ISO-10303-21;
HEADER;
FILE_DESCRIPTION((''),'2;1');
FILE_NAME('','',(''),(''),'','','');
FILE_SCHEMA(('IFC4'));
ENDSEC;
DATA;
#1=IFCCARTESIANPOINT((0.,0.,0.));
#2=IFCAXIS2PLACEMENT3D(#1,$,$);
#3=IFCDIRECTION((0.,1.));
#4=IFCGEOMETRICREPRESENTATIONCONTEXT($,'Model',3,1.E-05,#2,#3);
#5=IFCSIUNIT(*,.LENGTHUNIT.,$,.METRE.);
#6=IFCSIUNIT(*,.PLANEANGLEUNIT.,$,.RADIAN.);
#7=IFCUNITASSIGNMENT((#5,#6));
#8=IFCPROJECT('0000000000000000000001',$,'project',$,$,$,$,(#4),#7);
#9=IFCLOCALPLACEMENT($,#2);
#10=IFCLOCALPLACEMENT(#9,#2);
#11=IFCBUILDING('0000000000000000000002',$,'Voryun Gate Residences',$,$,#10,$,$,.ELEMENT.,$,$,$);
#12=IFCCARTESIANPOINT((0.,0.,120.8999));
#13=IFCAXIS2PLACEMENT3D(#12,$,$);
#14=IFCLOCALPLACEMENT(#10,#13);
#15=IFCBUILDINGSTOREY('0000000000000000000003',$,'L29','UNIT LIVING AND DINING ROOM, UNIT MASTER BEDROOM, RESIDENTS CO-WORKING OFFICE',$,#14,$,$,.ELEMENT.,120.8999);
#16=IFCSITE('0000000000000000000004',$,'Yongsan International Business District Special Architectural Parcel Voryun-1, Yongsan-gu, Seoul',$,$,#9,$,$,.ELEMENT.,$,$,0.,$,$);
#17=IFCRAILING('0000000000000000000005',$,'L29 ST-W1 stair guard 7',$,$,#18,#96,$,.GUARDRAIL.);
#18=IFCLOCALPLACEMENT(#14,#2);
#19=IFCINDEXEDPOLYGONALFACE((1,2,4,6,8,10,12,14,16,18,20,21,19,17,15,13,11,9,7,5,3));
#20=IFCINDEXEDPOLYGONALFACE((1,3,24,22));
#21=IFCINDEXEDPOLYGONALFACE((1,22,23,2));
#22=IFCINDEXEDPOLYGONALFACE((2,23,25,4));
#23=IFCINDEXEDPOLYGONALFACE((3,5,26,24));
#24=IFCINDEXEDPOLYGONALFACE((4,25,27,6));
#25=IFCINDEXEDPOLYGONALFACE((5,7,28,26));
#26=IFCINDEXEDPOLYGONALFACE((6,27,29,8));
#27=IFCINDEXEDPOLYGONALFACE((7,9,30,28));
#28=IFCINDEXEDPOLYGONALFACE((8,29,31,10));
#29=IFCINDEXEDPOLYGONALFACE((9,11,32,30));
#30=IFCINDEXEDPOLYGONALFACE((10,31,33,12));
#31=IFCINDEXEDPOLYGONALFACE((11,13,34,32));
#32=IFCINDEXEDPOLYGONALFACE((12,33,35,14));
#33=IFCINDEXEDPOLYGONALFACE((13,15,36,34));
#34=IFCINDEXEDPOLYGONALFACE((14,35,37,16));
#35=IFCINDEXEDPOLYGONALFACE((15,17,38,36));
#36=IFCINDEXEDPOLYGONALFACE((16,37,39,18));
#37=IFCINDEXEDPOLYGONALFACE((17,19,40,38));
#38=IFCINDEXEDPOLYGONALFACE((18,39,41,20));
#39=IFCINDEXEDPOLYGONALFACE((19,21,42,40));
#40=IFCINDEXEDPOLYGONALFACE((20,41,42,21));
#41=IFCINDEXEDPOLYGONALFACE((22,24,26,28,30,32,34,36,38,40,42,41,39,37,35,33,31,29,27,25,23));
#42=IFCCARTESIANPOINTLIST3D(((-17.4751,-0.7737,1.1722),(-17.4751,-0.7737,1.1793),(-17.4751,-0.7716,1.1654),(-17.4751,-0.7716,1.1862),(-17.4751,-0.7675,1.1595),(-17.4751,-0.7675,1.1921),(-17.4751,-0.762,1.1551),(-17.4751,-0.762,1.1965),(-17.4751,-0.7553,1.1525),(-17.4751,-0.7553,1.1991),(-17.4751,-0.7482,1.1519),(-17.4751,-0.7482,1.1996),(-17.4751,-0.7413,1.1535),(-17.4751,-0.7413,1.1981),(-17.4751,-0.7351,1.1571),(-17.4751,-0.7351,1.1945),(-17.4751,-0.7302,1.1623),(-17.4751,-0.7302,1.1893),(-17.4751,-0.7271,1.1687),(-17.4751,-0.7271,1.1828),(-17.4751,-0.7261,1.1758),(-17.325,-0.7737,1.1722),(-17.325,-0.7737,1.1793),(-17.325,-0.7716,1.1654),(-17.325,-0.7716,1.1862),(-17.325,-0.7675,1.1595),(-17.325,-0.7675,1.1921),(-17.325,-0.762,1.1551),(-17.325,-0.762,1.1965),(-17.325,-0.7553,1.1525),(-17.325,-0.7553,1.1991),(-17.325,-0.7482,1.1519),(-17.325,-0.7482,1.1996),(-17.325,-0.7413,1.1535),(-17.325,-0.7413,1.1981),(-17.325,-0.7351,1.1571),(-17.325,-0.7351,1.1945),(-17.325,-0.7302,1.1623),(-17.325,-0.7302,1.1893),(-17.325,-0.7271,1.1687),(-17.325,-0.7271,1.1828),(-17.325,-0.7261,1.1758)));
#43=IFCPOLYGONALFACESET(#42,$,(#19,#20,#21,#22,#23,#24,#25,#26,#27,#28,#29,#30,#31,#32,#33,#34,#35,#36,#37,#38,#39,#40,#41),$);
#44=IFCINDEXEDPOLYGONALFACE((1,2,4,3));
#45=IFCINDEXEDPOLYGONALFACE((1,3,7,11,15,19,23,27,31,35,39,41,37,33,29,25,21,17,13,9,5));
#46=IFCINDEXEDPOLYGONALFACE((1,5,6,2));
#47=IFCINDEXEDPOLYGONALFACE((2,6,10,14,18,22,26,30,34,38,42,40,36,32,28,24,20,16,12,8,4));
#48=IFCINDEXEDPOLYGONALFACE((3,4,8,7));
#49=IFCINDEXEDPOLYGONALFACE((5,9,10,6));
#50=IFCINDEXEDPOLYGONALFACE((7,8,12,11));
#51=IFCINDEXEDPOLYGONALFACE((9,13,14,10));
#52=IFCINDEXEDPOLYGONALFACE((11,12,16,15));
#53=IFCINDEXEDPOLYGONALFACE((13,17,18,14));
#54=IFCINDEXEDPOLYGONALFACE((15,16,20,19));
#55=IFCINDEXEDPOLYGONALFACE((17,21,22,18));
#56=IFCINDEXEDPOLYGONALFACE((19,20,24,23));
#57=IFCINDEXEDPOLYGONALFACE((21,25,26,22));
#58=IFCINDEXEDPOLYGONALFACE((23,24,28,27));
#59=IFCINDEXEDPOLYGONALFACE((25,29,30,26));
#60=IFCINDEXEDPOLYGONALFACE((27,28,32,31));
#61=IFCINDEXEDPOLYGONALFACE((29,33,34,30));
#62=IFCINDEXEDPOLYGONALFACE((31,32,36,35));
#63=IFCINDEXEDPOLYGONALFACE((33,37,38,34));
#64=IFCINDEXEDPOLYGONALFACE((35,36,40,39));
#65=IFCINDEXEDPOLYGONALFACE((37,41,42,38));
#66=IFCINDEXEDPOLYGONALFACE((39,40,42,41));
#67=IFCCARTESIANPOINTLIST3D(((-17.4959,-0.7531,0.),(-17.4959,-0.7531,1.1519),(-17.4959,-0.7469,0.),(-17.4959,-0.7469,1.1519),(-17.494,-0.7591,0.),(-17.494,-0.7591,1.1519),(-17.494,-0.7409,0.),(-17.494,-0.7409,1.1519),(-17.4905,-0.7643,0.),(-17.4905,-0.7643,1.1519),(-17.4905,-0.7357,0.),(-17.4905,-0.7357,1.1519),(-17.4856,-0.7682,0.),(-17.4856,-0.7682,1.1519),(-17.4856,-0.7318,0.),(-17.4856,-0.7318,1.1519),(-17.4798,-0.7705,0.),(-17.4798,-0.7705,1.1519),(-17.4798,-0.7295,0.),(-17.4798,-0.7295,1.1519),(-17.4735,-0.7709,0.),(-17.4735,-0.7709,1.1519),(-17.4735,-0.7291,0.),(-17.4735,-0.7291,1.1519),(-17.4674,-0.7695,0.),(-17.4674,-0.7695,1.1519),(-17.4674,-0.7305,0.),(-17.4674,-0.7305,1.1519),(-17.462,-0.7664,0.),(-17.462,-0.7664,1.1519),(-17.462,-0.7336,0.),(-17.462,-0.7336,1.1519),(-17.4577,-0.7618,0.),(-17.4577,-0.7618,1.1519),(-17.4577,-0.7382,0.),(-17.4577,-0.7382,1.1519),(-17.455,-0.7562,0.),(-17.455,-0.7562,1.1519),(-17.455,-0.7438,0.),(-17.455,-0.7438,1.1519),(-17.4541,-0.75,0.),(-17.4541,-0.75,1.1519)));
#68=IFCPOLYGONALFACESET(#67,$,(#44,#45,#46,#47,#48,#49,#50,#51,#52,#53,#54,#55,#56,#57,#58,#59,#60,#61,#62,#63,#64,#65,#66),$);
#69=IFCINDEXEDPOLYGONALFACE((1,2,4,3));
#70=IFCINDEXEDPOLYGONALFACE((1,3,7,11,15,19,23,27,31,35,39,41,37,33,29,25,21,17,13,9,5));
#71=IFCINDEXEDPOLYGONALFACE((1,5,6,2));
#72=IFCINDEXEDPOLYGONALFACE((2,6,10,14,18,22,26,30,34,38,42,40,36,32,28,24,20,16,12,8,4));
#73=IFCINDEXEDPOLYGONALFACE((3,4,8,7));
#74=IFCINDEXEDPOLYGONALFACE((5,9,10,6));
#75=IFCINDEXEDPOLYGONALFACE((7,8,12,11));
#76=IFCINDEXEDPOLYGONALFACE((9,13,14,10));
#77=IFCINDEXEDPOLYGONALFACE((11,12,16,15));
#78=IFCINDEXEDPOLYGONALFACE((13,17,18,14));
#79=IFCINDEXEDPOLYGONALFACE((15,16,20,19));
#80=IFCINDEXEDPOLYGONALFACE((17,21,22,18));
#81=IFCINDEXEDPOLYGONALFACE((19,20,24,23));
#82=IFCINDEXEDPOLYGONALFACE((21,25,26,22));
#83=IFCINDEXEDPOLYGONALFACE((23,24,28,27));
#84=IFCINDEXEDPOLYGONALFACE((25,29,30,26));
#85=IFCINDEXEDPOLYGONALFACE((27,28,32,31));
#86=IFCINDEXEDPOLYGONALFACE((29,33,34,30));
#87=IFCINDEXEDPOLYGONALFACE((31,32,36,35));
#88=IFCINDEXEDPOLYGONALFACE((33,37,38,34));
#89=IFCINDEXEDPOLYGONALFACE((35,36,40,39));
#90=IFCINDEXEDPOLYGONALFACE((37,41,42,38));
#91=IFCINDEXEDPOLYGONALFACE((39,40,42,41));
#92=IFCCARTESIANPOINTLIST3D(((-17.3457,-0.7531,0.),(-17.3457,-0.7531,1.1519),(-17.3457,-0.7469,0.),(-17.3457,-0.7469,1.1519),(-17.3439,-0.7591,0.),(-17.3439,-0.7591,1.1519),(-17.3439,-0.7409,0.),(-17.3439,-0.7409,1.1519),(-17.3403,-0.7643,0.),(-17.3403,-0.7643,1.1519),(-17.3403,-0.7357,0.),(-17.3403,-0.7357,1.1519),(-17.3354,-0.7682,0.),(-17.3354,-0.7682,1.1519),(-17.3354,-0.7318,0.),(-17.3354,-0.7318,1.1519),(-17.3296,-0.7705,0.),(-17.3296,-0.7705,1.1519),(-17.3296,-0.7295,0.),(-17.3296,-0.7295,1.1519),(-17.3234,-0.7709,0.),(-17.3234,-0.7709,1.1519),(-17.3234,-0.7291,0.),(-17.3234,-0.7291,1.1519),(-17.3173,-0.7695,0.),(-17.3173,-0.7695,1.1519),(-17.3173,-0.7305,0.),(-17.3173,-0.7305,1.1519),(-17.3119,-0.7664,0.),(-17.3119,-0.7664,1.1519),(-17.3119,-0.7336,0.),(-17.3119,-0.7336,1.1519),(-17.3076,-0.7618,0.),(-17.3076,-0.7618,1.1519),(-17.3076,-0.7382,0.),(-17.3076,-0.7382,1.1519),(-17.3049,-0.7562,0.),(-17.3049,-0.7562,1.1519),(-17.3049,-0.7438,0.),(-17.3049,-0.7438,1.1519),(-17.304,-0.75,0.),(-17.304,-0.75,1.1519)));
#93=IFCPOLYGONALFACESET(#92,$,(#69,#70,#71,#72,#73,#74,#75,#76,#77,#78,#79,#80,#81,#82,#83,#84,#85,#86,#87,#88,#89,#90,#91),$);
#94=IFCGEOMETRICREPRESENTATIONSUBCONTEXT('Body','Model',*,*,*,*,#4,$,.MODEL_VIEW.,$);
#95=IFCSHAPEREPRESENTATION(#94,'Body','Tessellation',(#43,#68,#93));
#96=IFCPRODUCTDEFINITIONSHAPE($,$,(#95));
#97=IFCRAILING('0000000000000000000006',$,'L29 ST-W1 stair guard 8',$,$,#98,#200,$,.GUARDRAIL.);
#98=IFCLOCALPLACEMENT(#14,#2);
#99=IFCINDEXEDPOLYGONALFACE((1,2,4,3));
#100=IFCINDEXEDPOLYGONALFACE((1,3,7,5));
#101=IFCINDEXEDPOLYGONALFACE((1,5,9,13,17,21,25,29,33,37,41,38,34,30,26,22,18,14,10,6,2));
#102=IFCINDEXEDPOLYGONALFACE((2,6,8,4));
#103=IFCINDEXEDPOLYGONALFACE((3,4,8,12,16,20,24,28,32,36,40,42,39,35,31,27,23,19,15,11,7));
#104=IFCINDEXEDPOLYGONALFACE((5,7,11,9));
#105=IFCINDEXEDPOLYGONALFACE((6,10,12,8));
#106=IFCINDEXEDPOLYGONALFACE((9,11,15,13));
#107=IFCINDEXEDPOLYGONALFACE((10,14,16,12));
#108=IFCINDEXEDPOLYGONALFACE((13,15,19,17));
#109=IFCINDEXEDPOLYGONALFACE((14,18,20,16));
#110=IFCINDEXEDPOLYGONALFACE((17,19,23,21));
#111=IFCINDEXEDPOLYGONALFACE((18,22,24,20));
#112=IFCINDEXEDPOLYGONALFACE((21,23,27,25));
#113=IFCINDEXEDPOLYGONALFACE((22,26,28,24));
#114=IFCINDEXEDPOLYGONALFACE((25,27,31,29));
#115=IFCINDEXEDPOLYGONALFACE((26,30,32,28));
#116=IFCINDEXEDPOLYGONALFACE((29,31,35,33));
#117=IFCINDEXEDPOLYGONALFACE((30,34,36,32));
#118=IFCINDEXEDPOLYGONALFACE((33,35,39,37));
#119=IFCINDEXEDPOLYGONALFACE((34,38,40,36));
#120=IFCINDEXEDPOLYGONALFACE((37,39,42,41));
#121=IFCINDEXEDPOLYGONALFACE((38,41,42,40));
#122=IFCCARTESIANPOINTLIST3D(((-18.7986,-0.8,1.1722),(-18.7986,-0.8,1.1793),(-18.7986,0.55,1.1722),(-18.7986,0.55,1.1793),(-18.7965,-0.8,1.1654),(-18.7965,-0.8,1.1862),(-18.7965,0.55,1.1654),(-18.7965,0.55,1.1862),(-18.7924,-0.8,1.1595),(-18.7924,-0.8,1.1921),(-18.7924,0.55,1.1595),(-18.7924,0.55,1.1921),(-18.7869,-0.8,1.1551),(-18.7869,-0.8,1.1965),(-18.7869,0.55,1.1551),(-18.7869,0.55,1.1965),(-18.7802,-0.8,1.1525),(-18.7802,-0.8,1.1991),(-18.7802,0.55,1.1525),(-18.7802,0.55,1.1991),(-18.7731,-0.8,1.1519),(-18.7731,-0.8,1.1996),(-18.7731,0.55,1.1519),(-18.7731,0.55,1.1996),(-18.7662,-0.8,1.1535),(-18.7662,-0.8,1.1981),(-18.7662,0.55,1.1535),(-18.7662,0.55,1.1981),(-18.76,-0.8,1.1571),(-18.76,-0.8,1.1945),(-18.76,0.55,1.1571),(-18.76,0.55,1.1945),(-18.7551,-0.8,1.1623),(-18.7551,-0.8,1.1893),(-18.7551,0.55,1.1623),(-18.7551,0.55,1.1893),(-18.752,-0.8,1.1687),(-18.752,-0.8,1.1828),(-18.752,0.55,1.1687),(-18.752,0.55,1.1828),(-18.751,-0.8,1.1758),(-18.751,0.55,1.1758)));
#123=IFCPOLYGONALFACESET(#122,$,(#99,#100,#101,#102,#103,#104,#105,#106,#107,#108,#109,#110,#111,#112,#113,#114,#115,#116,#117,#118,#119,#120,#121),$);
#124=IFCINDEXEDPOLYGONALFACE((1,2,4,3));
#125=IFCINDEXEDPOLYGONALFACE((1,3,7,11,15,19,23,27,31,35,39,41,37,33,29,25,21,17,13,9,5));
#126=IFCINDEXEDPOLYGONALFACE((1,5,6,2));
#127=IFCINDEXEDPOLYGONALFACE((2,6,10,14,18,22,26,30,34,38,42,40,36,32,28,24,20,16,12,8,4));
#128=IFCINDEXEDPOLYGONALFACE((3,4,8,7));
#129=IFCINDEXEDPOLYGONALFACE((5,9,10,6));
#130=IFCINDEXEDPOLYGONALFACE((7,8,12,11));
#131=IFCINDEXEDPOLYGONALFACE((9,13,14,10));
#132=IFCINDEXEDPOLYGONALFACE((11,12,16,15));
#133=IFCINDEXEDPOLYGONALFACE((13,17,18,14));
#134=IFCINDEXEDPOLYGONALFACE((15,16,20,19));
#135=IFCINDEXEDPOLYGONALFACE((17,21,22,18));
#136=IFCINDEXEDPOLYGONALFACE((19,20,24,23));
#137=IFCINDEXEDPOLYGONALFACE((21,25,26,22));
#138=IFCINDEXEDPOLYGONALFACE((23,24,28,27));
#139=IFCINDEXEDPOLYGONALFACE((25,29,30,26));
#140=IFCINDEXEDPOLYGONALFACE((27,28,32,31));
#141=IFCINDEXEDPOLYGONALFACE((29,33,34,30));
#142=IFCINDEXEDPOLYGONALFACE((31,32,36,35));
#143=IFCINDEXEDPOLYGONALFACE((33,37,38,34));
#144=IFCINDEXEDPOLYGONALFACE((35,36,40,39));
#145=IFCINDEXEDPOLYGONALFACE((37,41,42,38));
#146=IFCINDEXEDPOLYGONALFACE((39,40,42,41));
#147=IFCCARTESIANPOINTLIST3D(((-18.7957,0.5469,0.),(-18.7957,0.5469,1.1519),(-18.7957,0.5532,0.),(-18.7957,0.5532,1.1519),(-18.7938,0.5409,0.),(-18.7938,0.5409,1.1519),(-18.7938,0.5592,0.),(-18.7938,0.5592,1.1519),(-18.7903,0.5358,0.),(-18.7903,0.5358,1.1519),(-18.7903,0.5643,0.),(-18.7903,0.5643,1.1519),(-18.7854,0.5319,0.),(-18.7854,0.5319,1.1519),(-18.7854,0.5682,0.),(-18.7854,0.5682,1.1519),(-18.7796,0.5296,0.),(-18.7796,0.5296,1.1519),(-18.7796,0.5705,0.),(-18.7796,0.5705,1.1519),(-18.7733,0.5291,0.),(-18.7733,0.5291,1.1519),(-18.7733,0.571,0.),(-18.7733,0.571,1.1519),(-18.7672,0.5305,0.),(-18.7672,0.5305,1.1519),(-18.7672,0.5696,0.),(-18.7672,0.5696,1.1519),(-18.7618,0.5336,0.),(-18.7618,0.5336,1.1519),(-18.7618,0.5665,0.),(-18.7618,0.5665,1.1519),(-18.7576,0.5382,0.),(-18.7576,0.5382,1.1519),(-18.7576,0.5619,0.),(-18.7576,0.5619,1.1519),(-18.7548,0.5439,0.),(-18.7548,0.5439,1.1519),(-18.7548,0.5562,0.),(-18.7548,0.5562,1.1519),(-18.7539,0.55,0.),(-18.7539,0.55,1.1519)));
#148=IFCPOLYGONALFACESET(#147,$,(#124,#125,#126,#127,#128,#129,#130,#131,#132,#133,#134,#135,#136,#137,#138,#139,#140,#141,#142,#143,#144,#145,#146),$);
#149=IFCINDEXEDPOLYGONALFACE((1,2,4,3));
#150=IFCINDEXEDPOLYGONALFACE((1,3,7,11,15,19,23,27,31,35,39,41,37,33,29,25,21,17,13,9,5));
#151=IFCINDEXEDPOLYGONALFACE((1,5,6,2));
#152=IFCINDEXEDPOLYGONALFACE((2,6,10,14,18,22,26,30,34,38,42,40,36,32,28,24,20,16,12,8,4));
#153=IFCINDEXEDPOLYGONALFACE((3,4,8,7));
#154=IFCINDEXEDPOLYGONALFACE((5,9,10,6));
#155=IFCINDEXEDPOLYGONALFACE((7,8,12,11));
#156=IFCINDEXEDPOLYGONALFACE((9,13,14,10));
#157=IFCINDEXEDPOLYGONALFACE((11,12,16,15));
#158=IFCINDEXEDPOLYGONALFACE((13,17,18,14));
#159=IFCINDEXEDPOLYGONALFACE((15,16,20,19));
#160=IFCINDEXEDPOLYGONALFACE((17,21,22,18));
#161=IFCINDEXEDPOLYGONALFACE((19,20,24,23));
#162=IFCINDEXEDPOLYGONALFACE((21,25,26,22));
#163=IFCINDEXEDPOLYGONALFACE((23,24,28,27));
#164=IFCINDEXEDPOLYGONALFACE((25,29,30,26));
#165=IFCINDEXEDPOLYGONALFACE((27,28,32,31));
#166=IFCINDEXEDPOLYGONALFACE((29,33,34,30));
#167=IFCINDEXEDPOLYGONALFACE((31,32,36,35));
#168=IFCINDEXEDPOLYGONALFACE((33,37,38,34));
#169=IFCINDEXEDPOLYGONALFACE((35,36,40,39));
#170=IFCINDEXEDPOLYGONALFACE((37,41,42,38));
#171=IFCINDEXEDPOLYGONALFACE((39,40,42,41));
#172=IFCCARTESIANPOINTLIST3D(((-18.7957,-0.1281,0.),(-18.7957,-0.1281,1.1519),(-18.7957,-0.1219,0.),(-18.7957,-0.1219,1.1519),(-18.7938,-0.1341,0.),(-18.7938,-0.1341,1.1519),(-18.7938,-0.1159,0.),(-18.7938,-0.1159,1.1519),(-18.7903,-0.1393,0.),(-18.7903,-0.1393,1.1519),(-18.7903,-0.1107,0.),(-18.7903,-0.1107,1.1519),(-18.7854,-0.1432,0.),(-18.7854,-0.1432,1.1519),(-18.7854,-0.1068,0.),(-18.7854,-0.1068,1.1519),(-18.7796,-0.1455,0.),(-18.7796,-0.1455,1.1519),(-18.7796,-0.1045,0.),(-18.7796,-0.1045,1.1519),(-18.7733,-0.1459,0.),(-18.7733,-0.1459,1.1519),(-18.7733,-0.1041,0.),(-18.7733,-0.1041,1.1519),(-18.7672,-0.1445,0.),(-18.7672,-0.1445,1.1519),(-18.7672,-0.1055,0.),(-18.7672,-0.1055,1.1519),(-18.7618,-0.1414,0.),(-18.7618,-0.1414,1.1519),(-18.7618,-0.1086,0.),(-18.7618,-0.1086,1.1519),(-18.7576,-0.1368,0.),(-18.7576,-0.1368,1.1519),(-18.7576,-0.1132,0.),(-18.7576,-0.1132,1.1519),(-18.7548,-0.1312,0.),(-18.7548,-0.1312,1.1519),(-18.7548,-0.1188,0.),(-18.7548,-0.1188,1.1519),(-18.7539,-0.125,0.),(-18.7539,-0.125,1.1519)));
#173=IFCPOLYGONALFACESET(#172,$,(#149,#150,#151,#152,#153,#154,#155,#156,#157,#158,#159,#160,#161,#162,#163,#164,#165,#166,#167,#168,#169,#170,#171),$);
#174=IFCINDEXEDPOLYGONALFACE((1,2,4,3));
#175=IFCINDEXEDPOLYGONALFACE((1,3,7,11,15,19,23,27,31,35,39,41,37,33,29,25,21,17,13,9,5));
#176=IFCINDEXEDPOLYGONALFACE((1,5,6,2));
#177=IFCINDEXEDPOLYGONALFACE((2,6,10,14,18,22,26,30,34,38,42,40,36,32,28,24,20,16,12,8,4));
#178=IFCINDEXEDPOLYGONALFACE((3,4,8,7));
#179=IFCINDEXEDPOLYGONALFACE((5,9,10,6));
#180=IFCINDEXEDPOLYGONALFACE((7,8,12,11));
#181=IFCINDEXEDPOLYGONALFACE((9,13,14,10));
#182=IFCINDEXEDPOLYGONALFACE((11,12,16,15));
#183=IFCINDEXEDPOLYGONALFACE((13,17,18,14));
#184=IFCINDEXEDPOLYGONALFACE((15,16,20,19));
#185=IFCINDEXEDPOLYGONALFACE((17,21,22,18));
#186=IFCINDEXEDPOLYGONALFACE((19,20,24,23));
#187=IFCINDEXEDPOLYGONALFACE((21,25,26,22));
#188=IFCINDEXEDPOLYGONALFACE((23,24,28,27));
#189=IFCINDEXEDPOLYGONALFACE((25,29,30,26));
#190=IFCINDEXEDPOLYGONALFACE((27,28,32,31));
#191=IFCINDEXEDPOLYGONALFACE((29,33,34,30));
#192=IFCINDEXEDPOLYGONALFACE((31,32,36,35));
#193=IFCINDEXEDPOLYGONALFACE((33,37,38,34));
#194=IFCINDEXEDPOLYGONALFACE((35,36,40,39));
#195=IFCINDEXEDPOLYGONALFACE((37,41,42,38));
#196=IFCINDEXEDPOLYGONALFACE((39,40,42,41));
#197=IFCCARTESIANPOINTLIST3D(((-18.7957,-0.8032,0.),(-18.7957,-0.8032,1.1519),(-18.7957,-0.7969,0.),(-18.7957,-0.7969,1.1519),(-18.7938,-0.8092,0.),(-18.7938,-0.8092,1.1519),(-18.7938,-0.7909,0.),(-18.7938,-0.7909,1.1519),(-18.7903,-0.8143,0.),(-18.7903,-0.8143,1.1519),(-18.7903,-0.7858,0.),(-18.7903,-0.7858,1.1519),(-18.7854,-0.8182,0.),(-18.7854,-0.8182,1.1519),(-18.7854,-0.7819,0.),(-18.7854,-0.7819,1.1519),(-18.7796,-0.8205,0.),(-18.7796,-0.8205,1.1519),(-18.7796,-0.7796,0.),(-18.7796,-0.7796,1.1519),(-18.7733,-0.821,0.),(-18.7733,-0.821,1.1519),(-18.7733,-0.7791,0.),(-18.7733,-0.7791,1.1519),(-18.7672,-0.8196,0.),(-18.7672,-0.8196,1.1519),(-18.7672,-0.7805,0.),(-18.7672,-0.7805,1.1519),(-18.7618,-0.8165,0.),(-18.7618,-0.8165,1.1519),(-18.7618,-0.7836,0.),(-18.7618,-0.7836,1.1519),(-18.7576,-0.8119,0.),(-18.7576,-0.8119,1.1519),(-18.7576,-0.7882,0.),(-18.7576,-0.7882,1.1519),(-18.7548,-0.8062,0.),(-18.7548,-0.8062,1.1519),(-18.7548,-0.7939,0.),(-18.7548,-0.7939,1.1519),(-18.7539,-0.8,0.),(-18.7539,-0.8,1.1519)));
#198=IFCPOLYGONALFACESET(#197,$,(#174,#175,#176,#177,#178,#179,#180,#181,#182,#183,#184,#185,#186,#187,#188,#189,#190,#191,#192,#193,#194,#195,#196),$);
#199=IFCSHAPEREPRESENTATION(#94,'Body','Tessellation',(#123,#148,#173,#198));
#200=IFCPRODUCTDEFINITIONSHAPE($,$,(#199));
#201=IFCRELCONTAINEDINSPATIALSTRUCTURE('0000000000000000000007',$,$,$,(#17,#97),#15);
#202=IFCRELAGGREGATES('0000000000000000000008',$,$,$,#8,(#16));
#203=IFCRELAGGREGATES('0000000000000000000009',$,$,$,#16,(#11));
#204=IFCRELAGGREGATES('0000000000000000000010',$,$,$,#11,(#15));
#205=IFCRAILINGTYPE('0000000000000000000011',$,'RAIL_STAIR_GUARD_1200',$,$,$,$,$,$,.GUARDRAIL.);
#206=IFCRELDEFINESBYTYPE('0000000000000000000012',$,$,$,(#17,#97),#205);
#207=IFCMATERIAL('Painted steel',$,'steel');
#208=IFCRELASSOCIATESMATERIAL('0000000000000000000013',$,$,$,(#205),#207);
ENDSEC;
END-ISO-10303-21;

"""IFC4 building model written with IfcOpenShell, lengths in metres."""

from ifc_helpers import new_model, si_unit, direction, frame, origin, origin_2d, place, context, subcontext, project, spatial, circle, extrude, material, type_object, element, save


model = new_model("IFC4")

# Units and contexts
model_context = context("Model", 3, precision=1e-05, world=origin(), true_north=direction((0.0, 1.0)))
body_context = subcontext(model_context, "Body", "Model", "MODEL_VIEW")
ifc_project = project(units=[si_unit("LENGTHUNIT", "METRE"), si_unit("PLANEANGLEUNIT", "RADIAN")], contexts=[model_context])

# Site, building, storey
site_placement = place(None, origin())
site = spatial("IfcSite", under=ifc_project, at=site_placement, Name="Yongsan International Business District Special Architectural Parcel Voryun-1, Yongsan-gu, Seoul", CompositionType="ELEMENT", RefElevation=0.0)
building_placement = place(site_placement, origin())
building = spatial("IfcBuilding", under=site, at=building_placement, Name="Voryun Gate Residences", CompositionType="ELEMENT")
storey_placement = place(building_placement, frame((0.0, 0.0, 120.8999)))
storey = spatial("IfcBuildingStorey", under=building, at=storey_placement, Name="L29", Description="UNIT LIVING AND DINING ROOM, UNIT MASTER BEDROOM, RESIDENTS CO-WORKING OFFICE", CompositionType="ELEMENT", Elevation=120.8999)

# Railings
ifc_material_1 = material(Name="Painted steel", Category="steel")
railing_type = type_object("IfcRailingType", Name="RAIL_STAIR_GUARD_1200", PredefinedType="GUARDRAIL", material=ifc_material_1)
railing_1_placement = place(storey_placement, frame((-17.4751, -0.75, 0.0)))
element("IfcRailing", 1, at=railing_1_placement, inside=storey, type_object=railing_type, Name="L29 ST-W1 stair guard 7", PredefinedType="GUARDRAIL", context=body_context, shape_type="SweptSolid", body=[
    extrude(circle(Radius=0.0239, at=origin_2d()), frame((0.0, 0.0, 1.1758), z_axis=(1.0, 0.0, 0.0), x_axis=(0.0, 1.0, 0.0)), (0.0, 0.0, 1.0), 0.1501),
    extrude(circle(Radius=0.021, at=origin_2d()), origin(), (0.0, 0.0, 1.0), 1.1519),
    extrude(circle(Radius=0.021, at=origin_2d()), frame((0.1501, 0.0, 0.0)), (0.0, 0.0, 1.0), 1.1519),
])
railing_2_placement = place(storey_placement, frame((-18.7749, 0.55, 0.0)))
element("IfcRailing", 2, at=railing_2_placement, inside=storey, type_object=railing_type, Name="L29 ST-W1 stair guard 8", PredefinedType="GUARDRAIL", context=body_context, shape_type="SweptSolid", body=[
    extrude(circle(Radius=0.0239, at=origin_2d()), frame((0.0, 0.0, 1.1758), z_axis=(0.0, -1.0, 0.0), x_axis=(1.0, 0.0, 0.0)), (0.0, 0.0, 1.0), 1.3501),
    extrude(circle(Radius=0.021, at=origin_2d()), origin(), (0.0, 0.0, 1.0), 1.1519),
    extrude(circle(Radius=0.021, at=origin_2d()), frame((0.0, -0.675, 0.0)), (0.0, 0.0, 1.0), 1.1519),
    extrude(circle(Radius=0.021, at=origin_2d()), frame((0.0, -1.3501, 0.0)), (0.0, 0.0, 1.0), 1.1519),
])

save(model, "model.ifc")
